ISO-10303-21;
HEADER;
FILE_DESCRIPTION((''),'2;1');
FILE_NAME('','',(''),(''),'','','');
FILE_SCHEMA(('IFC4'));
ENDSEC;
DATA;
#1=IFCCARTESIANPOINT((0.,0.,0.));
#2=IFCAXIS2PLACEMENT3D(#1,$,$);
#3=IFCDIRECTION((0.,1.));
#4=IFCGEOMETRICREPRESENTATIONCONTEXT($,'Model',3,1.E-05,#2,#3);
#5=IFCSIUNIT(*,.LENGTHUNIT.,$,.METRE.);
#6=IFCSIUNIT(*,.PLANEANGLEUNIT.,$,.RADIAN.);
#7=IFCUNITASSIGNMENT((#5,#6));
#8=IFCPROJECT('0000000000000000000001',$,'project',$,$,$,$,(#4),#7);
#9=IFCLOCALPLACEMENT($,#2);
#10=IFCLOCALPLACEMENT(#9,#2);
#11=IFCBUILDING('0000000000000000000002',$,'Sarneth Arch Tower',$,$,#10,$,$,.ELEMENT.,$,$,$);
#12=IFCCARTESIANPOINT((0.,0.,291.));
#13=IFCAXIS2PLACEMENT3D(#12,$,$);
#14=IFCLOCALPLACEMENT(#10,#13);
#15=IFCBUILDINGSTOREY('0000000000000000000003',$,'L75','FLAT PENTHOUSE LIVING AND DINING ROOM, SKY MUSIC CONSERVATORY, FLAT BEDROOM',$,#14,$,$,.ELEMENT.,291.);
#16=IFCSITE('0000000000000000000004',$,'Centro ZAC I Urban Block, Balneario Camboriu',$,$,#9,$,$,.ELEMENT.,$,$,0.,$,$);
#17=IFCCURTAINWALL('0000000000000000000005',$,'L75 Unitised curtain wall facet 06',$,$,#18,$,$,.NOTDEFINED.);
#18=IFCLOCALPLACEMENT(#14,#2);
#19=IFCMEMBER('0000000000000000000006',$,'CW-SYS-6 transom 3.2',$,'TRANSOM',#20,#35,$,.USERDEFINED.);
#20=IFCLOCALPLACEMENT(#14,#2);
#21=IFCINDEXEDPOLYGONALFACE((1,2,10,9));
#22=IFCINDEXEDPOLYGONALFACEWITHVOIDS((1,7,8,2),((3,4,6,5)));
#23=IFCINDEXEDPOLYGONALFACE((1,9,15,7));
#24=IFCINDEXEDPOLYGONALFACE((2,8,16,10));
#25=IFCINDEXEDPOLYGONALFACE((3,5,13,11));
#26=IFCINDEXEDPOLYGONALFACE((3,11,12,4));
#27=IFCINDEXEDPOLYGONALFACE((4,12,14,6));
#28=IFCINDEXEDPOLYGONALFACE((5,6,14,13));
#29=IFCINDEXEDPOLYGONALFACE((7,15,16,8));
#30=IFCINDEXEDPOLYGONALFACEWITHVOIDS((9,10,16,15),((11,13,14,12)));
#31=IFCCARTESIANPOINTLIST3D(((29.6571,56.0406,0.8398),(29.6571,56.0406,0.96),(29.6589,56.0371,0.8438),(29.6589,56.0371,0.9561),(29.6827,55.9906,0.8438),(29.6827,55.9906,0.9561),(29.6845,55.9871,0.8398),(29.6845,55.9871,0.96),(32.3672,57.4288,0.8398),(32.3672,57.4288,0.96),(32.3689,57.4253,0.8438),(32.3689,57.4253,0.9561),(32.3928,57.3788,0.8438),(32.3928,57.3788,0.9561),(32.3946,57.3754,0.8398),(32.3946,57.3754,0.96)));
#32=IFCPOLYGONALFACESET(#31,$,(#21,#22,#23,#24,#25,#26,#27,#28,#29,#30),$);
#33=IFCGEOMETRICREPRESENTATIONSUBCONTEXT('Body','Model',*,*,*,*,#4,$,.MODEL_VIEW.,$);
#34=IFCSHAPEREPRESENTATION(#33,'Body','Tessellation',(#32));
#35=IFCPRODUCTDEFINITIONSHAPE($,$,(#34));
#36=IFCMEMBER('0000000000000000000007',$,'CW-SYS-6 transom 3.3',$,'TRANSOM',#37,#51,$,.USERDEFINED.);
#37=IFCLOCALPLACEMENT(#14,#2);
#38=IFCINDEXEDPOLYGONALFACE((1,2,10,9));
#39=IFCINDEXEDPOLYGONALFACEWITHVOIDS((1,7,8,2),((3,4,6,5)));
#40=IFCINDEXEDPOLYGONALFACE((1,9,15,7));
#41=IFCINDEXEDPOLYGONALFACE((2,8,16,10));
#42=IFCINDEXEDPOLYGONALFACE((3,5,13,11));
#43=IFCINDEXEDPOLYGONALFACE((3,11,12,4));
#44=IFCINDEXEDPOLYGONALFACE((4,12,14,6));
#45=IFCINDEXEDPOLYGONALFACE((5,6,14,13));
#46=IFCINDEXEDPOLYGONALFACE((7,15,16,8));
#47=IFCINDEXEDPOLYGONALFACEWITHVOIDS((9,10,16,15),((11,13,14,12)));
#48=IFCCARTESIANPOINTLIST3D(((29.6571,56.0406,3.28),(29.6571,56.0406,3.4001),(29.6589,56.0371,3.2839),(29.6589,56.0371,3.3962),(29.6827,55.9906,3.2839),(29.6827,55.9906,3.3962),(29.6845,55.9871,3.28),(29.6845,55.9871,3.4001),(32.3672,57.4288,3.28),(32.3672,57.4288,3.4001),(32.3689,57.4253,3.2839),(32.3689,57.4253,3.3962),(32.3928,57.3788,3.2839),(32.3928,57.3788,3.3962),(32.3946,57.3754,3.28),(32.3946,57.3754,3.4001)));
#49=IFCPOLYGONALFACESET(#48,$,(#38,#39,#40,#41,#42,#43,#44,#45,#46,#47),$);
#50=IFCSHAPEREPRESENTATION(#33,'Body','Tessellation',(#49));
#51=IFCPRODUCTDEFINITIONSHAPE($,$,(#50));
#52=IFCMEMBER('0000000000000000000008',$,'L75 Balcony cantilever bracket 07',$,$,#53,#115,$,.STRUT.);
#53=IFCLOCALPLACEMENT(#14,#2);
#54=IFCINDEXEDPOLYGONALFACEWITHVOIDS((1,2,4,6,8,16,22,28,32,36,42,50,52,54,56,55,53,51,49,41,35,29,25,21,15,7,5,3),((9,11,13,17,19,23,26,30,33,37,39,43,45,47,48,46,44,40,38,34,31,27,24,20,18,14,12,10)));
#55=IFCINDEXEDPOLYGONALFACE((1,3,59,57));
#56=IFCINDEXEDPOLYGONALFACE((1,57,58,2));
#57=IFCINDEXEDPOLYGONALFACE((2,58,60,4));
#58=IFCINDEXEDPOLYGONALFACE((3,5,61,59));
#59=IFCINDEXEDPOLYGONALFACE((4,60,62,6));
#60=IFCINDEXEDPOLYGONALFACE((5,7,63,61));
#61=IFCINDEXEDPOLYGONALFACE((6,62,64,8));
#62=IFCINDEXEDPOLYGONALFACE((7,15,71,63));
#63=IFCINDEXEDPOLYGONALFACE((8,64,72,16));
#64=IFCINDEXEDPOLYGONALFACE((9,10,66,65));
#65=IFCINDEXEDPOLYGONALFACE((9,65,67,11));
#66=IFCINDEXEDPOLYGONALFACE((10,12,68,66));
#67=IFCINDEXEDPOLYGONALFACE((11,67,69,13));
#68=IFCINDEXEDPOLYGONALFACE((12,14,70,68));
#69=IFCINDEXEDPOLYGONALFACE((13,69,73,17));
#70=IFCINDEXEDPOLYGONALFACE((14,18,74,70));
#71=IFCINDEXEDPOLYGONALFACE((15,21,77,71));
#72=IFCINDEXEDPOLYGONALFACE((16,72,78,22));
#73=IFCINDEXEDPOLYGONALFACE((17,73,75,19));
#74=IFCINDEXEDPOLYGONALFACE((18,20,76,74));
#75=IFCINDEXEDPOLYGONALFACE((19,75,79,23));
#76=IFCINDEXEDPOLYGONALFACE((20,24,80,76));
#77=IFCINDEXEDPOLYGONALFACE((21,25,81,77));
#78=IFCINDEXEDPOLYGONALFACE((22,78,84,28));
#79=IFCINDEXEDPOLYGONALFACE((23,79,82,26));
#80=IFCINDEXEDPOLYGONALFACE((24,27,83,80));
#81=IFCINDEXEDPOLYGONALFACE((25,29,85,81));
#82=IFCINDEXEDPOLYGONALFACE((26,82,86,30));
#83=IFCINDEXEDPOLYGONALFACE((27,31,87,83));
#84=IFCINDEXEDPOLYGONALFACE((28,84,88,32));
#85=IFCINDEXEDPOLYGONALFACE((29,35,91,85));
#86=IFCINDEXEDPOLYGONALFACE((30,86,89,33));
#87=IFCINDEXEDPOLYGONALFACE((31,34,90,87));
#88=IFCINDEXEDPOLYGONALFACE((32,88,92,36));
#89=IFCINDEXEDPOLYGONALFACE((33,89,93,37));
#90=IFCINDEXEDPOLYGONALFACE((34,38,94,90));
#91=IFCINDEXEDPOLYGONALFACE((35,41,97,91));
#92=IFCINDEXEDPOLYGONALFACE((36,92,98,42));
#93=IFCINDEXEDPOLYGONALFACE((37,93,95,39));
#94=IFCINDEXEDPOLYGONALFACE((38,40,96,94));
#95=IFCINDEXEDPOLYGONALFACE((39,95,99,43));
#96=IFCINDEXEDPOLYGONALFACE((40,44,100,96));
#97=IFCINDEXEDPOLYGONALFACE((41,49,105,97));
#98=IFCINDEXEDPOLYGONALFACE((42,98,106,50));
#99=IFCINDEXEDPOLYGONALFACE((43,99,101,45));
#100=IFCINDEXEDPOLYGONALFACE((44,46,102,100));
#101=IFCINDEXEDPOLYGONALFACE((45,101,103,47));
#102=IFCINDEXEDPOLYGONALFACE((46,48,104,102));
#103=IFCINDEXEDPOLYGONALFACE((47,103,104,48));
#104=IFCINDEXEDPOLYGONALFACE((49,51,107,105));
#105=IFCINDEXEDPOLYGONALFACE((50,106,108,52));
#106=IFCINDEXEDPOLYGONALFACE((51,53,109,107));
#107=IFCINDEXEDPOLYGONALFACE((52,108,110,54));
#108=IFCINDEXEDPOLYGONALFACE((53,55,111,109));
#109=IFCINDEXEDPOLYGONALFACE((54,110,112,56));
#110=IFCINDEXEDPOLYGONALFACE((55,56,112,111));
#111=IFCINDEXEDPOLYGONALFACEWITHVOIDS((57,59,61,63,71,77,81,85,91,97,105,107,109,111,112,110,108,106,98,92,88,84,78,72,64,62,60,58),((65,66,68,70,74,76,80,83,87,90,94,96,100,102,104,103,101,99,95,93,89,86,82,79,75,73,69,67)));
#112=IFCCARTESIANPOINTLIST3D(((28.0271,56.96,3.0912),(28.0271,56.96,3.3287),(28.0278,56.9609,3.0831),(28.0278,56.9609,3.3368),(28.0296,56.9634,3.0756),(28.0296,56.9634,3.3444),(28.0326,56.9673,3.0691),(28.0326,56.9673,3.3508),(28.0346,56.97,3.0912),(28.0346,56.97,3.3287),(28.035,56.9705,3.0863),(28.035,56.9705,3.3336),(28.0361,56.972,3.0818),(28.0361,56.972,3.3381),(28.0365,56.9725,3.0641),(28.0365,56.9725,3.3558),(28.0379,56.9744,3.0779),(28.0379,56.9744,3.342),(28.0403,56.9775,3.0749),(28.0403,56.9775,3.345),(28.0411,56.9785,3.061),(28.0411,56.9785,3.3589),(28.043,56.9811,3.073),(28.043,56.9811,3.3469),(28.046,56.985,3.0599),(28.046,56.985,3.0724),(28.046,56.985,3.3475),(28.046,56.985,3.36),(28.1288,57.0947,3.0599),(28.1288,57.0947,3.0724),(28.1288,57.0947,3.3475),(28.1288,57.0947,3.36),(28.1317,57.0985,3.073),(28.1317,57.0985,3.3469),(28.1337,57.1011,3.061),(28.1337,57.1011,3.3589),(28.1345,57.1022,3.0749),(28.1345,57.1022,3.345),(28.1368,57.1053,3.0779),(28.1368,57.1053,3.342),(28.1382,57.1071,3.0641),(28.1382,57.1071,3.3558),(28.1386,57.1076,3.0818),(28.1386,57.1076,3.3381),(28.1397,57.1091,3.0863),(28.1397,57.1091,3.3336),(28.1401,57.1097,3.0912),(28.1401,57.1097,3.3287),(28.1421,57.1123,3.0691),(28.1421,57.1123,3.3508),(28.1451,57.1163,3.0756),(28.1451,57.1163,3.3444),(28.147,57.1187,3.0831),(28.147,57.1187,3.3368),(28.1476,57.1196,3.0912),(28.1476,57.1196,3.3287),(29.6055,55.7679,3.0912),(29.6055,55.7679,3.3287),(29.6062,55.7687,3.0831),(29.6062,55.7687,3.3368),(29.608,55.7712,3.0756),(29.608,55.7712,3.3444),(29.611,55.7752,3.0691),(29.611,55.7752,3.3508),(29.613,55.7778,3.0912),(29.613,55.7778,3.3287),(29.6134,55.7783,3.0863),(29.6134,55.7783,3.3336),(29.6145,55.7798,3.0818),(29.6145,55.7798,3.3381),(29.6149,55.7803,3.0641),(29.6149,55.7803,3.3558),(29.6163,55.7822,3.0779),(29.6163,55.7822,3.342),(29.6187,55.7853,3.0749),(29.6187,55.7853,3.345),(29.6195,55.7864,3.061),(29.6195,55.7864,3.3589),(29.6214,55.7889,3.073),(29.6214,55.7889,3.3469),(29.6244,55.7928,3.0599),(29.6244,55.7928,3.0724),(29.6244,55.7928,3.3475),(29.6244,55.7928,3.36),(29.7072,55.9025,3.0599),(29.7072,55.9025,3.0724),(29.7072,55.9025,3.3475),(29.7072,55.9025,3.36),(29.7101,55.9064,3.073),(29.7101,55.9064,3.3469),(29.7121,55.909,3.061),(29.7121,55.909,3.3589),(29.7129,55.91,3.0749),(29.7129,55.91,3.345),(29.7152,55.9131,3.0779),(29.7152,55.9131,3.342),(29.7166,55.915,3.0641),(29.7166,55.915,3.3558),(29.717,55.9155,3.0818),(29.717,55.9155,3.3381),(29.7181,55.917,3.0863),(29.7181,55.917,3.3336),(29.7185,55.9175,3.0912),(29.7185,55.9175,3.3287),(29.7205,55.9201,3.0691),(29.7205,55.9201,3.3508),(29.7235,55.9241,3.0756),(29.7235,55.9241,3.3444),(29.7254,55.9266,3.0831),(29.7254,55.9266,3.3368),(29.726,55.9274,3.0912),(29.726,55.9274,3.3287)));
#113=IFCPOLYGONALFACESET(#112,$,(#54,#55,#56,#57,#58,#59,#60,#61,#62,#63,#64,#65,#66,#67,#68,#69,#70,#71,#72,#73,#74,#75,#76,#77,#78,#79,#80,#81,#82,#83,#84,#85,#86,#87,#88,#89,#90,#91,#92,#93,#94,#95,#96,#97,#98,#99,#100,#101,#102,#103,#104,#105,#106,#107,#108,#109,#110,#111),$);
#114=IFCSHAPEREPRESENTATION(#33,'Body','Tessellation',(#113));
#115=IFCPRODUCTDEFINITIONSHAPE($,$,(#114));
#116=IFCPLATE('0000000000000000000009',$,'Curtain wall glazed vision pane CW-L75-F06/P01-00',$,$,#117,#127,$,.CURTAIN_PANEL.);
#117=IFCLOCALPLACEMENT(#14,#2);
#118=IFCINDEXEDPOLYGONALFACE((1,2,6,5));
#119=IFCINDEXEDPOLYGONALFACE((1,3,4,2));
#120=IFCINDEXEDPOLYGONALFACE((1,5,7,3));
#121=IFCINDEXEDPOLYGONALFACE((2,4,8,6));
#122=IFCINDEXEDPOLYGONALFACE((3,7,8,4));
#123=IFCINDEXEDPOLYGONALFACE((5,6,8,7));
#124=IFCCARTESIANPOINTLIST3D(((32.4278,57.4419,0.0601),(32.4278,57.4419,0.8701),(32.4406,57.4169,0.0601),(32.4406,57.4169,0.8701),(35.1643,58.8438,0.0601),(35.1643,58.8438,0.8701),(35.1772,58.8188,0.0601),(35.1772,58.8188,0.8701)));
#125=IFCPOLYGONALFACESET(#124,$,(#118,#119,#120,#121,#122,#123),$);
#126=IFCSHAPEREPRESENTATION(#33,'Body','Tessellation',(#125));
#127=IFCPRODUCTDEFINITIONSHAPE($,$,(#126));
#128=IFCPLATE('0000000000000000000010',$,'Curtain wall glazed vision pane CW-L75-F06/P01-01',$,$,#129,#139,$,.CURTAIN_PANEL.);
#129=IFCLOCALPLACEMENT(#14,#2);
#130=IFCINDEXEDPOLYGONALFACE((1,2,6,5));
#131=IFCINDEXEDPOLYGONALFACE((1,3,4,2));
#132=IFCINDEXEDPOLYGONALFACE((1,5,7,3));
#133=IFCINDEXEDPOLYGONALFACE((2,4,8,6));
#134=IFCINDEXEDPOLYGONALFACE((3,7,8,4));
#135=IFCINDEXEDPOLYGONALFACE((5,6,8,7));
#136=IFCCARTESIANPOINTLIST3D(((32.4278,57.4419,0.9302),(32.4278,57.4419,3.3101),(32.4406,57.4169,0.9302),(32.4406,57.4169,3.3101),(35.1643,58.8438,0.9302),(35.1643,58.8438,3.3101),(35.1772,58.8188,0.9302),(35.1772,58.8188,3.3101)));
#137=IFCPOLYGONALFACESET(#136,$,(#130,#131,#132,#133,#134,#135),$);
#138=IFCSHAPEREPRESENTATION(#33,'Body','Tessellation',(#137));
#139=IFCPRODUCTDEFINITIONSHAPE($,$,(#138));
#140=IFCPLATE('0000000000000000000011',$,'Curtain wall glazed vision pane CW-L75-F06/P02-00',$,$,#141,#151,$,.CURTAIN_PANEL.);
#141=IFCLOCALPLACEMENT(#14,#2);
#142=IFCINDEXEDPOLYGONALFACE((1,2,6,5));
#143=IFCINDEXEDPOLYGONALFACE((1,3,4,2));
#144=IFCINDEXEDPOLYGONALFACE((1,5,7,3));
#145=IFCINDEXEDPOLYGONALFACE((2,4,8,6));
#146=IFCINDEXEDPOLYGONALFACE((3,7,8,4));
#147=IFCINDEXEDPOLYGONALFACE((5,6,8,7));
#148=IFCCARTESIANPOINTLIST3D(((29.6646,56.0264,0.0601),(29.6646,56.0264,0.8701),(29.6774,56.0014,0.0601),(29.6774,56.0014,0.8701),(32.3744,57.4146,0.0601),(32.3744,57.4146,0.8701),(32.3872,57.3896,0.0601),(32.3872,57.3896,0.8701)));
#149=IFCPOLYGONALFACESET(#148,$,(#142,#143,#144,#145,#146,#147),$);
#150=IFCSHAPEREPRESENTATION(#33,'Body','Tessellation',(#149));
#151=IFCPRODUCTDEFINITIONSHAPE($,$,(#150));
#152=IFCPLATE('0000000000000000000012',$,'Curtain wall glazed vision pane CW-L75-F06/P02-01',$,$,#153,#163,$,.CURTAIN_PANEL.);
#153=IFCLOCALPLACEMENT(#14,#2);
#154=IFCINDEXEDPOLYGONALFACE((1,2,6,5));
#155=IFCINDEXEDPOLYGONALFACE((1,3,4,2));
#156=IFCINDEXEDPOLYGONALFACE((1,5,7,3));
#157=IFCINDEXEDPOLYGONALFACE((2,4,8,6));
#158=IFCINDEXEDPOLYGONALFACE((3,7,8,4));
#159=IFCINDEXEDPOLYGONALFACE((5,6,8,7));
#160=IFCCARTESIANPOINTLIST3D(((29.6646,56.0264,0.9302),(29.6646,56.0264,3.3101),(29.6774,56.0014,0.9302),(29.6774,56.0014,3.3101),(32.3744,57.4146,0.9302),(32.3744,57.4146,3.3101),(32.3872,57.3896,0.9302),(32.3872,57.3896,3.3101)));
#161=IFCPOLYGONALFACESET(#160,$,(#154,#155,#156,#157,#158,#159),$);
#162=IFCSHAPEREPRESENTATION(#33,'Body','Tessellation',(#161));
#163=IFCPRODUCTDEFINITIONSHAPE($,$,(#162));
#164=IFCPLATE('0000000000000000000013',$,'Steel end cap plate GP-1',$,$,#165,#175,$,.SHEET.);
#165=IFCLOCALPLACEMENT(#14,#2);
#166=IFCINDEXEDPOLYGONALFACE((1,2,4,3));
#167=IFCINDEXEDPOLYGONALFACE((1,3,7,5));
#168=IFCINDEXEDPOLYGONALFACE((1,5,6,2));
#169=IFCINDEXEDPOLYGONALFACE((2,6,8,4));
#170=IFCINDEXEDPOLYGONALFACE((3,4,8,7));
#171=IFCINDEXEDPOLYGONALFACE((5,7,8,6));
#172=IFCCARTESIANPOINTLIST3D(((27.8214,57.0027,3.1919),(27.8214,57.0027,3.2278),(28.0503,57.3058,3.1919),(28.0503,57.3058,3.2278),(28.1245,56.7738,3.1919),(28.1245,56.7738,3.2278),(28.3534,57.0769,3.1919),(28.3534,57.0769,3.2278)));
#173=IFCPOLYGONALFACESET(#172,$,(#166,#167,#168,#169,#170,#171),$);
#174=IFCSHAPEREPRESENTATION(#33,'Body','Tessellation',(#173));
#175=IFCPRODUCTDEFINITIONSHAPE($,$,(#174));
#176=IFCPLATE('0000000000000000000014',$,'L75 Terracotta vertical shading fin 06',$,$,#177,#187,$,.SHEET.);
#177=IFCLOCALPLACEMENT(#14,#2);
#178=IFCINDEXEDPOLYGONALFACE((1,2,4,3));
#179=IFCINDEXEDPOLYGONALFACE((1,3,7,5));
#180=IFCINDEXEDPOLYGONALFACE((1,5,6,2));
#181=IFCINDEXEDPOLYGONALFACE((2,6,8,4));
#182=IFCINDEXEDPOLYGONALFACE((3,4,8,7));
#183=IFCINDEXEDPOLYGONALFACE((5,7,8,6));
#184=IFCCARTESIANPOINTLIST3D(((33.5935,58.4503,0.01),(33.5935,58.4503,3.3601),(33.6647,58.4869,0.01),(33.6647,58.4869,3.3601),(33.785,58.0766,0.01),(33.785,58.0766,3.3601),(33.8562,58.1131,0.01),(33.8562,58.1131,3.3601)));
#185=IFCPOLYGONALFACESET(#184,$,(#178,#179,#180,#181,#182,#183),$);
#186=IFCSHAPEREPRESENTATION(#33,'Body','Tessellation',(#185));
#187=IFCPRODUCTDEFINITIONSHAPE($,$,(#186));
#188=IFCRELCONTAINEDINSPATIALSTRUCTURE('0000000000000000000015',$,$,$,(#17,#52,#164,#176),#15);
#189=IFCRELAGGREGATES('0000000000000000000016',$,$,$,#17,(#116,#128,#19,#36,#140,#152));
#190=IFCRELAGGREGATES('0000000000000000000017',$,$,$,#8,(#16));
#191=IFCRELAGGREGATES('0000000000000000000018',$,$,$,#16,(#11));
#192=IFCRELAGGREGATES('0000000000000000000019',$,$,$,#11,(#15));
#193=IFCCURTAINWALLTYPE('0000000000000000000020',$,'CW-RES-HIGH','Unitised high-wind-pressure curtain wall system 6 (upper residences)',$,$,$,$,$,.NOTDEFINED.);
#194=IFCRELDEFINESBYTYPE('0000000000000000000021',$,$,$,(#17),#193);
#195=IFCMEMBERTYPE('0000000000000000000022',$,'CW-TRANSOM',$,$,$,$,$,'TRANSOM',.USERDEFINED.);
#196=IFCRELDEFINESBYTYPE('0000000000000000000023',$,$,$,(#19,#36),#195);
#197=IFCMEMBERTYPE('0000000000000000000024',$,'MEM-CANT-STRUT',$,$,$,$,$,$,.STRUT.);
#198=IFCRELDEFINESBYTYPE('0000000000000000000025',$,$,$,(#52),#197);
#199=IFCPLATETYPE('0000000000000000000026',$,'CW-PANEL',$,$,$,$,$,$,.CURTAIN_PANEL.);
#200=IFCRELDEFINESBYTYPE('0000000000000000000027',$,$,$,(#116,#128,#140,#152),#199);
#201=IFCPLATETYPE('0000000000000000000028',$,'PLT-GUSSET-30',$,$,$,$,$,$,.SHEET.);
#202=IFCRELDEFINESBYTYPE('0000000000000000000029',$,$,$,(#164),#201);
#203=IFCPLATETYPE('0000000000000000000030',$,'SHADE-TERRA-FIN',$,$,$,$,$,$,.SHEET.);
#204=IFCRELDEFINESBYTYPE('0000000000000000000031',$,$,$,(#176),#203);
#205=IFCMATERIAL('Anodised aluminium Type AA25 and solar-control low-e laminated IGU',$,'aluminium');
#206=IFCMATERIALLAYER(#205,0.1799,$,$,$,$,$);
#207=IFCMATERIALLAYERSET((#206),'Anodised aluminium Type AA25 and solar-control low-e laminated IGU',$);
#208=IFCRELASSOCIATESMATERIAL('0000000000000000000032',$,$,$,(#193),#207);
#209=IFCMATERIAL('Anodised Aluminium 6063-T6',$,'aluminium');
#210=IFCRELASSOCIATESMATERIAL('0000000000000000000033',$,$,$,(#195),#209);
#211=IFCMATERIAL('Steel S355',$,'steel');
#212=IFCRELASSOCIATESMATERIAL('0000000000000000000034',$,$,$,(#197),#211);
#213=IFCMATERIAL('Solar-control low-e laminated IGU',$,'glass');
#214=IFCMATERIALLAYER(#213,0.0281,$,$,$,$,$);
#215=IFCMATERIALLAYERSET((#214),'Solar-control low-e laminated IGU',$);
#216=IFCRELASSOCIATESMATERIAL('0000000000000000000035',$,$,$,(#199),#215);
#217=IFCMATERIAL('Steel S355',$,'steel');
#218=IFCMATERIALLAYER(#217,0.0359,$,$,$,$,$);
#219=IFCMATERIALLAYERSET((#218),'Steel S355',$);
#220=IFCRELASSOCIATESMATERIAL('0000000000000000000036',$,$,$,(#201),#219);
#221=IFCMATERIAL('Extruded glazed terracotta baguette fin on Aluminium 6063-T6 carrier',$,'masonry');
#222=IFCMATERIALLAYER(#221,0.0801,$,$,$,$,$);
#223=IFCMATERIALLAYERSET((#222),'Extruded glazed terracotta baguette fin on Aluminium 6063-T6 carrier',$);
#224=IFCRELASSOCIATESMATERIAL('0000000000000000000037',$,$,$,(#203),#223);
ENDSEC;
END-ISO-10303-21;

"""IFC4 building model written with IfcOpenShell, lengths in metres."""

from ifc_helpers import new_model, si_unit, direction, frame, origin, origin_2d, place, context, subcontext, project, spatial, rectangle, hollow_rectangle, extrude, material, layer, layer_set, material_profile, profile_set, type_object, element, aggregate, save


model = new_model("IFC4")

# Units and contexts
model_context = context("Model", 3, precision=1e-05, world=origin(), true_north=direction((0.0, 1.0)))
body_context = subcontext(model_context, "Body", "Model", "MODEL_VIEW")
ifc_project = project(units=[si_unit("LENGTHUNIT", "METRE"), si_unit("PLANEANGLEUNIT", "RADIAN")], contexts=[model_context])

# Site, building, storey
site_placement = place(None, origin())
site = spatial("IfcSite", under=ifc_project, at=site_placement, Name="Centro ZAC I Urban Block, Balneario Camboriu", CompositionType="ELEMENT", RefElevation=0.0)
building_placement = place(site_placement, origin())
building = spatial("IfcBuilding", under=site, at=building_placement, Name="Sarneth Arch Tower", CompositionType="ELEMENT")
storey_placement = place(building_placement, frame((0.0, 0.0, 291.0)))
storey = spatial("IfcBuildingStorey", under=building, at=storey_placement, Name="L75", Description="FLAT PENTHOUSE LIVING AND DINING ROOM, SKY MUSIC CONSERVATORY, FLAT BEDROOM", CompositionType="ELEMENT", Elevation=291.0)

# Curtain wall, members
ifc_material_1 = material(Name="Anodised aluminium Type AA25 and solar-control low-e laminated IGU", Category="aluminium")
ifc_layer_1 = layer(ifc_material_1, 0.1799)
ifc_layer_set_1 = layer_set([ifc_layer_1], Name="Anodised aluminium Type AA25 and solar-control low-e laminated IGU")
curtain_wall_type = type_object("IfcCurtainWallType", Name="CW-RES-HIGH", Description="Unitised high-wind-pressure curtain wall system 6 (upper residences)", PredefinedType="NOTDEFINED", material=ifc_layer_set_1)
curtain_wall_placement = place(storey_placement, origin())
curtain_wall = element("IfcCurtainWall", 1, at=curtain_wall_placement, inside=storey, type_object=curtain_wall_type, Name="L75 Unitised curtain wall facet 06", PredefinedType="NOTDEFINED")
ifc_material_2 = material(Name="Anodised Aluminium 6063-T6", Category="aluminium")
ifc_material_profile_1 = material_profile(ifc_material_2, hollow_rectangle(XDim=0.0601, YDim=0.1201, WallThickness=0.0039, at=origin_2d()), Name="AL-TRAN-120x60x4")
ifc_profile_set_1 = profile_set([ifc_material_profile_1], Name="Anodised Aluminium 6063-T6")
member_type_1 = type_object("IfcMemberType", Name="CW-TRANSOM", ElementType="TRANSOM", PredefinedType="USERDEFINED", material=ifc_profile_set_1)
member_1_placement = place(storey_placement, frame((32.3809, 57.4021, 0.8999), z_axis=(-0.890023, -0.455916, 0.0), x_axis=(0.455916, -0.890023, 0.0)))
member_1 = element("IfcMember", 2, at=member_1_placement, type_object=member_type_1, Name="CW-SYS-6 transom 3.2", ObjectType="TRANSOM", PredefinedType="USERDEFINED", context=body_context, shape_type="SweptSolid", body=[
    extrude(hollow_rectangle(XDim=0.0601, YDim=0.1201, WallThickness=0.0039, at=origin_2d()), origin(), (0.0, 0.0, 1.0), 3.0449),
])
member_2_placement = place(storey_placement, frame((32.3809, 57.4021, 3.3401), z_axis=(-0.890023, -0.455916, 0.0), x_axis=(0.455916, -0.890023, 0.0)))
member_2 = element("IfcMember", 3, at=member_2_placement, type_object=member_type_1, Name="CW-SYS-6 transom 3.3", ObjectType="TRANSOM", PredefinedType="USERDEFINED", context=body_context, shape_type="SweptSolid", body=[
    extrude(hollow_rectangle(XDim=0.0601, YDim=0.1201, WallThickness=0.0039, at=origin_2d()), origin(), (0.0, 0.0, 1.0), 3.0449),
])

# Member
ifc_material_3 = material(Name="Steel S355", Category="steel")
ifc_material_profile_2 = material_profile(ifc_material_3, hollow_rectangle(XDim=0.2, YDim=0.3, WallThickness=0.0125, InnerFilletRadius=0.0188, OuterFilletRadius=0.0312, at=origin_2d()), Name="RHS300x200x12.5")
ifc_profile_set_2 = profile_set([ifc_material_profile_2], Name="Steel S355")
member_type_2 = type_object("IfcMemberType", Name="MEM-CANT-STRUT", PredefinedType="STRUT", material=ifc_profile_set_2)
member_3_placement = place(storey_placement, frame((29.6658, 55.8477, 3.21), z_axis=(-0.797966, 0.602702, 0.0), x_axis=(-0.602702, -0.797966, 0.0)))
element("IfcMember", 4, at=member_3_placement, inside=storey, type_object=member_type_2, Name="L75 Balcony cantilever bracket 07", PredefinedType="STRUT", context=body_context, shape_type="SweptSolid", body=[
    extrude(hollow_rectangle(XDim=0.2, YDim=0.3, WallThickness=0.0125, InnerFilletRadius=0.0188, OuterFilletRadius=0.0312, at=origin_2d()), origin(), (0.0, 0.0, 1.0), 1.978),
])

# Plates
ifc_material_4 = material(Name="Solar-control low-e laminated IGU", Category="glass")
ifc_layer_2 = layer(ifc_material_4, 0.0281)
ifc_layer_set_2 = layer_set([ifc_layer_2], Name="Solar-control low-e laminated IGU")
plate_type_1 = type_object("IfcPlateType", Name="CW-PANEL", PredefinedType="CURTAIN_PANEL", material=ifc_layer_set_2)
plate_1_placement = place(storey_placement, frame((33.8025, 58.1304, 0.0601), z_axis=(0.0, 0.0, 1.0), x_axis=(-0.89001, -0.455942, 0.0)))
plate_1 = element("IfcPlate", 5, at=plate_1_placement, type_object=plate_type_1, Name="Curtain wall glazed vision pane CW-L75-F06/P01-00", PredefinedType="CURTAIN_PANEL", context=body_context, shape_type="SweptSolid", body=[
    extrude(rectangle(XDim=3.0747, YDim=0.0281, at=origin_2d()), origin(), (0.0, 0.0, 1.0), 0.8101),
])
plate_2_placement = place(storey_placement, frame((33.8025, 58.1304, 0.9302), z_axis=(0.0, 0.0, 1.0), x_axis=(-0.89001, -0.455942, 0.0)))
plate_2 = element("IfcPlate", 6, at=plate_2_placement, type_object=plate_type_1, Name="Curtain wall glazed vision pane CW-L75-F06/P01-01", PredefinedType="CURTAIN_PANEL", context=body_context, shape_type="SweptSolid", body=[
    extrude(rectangle(XDim=3.0747, YDim=0.0281, at=origin_2d()), origin(), (0.0, 0.0, 1.0), 2.3799),
])
plate_3_placement = place(storey_placement, frame((31.0259, 56.708, 0.0601), z_axis=(0.0, 0.0, 1.0), x_axis=(-0.89001, -0.455942, 0.0)))
plate_3 = element("IfcPlate", 7, at=plate_3_placement, type_object=plate_type_1, Name="Curtain wall glazed vision pane CW-L75-F06/P02-00", PredefinedType="CURTAIN_PANEL", context=body_context, shape_type="SweptSolid", body=[
    extrude(rectangle(XDim=3.0447, YDim=0.0281, at=origin_2d()), origin(), (0.0, 0.0, 1.0), 0.8101),
])
plate_4_placement = place(storey_placement, frame((31.0259, 56.708, 0.9302), z_axis=(0.0, 0.0, 1.0), x_axis=(-0.89001, -0.455942, 0.0)))
plate_4 = element("IfcPlate", 8, at=plate_4_placement, type_object=plate_type_1, Name="Curtain wall glazed vision pane CW-L75-F06/P02-01", PredefinedType="CURTAIN_PANEL", context=body_context, shape_type="SweptSolid", body=[
    extrude(rectangle(XDim=3.0447, YDim=0.0281, at=origin_2d()), origin(), (0.0, 0.0, 1.0), 2.3799),
])
aggregate(curtain_wall, [plate_1, plate_2, member_1, member_2, plate_3, plate_4])

# Plates
ifc_material_5 = material(Name="Steel S355", Category="steel")
ifc_layer_3 = layer(ifc_material_5, 0.0359)
ifc_layer_set_3 = layer_set([ifc_layer_3], Name="Steel S355")
plate_type_2 = type_object("IfcPlateType", Name="PLT-GUSSET-30", PredefinedType="SHEET", material=ifc_layer_set_3)
plate_5_placement = place(storey_placement, frame((28.0874, 57.0398, 3.1919), z_axis=(0.0, 0.0, 1.0), x_axis=(-0.798005, 0.602651, 0.0)))
element("IfcPlate", 9, at=plate_5_placement, inside=storey, type_object=plate_type_2, Name="Steel end cap plate GP-1", PredefinedType="SHEET", context=body_context, shape_type="SweptSolid", body=[
    extrude(rectangle(XDim=0.3799, YDim=0.3799, at=origin_2d()), origin(), (0.0, 0.0, 1.0), 0.0359),
])
ifc_material_6 = material(Name="Extruded glazed terracotta baguette fin on Aluminium 6063-T6 carrier", Category="masonry")
ifc_layer_4 = layer(ifc_material_6, 0.0801)
ifc_layer_set_4 = layer_set([ifc_layer_4], Name="Extruded glazed terracotta baguette fin on Aluminium 6063-T6 carrier")
plate_type_3 = type_object("IfcPlateType", Name="SHADE-TERRA-FIN", PredefinedType="SHEET", material=ifc_layer_set_4)
plate_6_placement = place(storey_placement, frame((33.7249, 58.2817, 0.01), z_axis=(0.0, 0.0, 1.0), x_axis=(-0.456011, 0.889974, 0.0)))
element("IfcPlate", 10, at=plate_6_placement, inside=storey, type_object=plate_type_3, Name="L75 Terracotta vertical shading fin 06", PredefinedType="SHEET", context=body_context, shape_type="SweptSolid", body=[
    extrude(rectangle(XDim=0.4199, YDim=0.0801, at=origin_2d()), origin(), (0.0, 0.0, 1.0), 3.3501),
])

save(model, "model.ifc")
